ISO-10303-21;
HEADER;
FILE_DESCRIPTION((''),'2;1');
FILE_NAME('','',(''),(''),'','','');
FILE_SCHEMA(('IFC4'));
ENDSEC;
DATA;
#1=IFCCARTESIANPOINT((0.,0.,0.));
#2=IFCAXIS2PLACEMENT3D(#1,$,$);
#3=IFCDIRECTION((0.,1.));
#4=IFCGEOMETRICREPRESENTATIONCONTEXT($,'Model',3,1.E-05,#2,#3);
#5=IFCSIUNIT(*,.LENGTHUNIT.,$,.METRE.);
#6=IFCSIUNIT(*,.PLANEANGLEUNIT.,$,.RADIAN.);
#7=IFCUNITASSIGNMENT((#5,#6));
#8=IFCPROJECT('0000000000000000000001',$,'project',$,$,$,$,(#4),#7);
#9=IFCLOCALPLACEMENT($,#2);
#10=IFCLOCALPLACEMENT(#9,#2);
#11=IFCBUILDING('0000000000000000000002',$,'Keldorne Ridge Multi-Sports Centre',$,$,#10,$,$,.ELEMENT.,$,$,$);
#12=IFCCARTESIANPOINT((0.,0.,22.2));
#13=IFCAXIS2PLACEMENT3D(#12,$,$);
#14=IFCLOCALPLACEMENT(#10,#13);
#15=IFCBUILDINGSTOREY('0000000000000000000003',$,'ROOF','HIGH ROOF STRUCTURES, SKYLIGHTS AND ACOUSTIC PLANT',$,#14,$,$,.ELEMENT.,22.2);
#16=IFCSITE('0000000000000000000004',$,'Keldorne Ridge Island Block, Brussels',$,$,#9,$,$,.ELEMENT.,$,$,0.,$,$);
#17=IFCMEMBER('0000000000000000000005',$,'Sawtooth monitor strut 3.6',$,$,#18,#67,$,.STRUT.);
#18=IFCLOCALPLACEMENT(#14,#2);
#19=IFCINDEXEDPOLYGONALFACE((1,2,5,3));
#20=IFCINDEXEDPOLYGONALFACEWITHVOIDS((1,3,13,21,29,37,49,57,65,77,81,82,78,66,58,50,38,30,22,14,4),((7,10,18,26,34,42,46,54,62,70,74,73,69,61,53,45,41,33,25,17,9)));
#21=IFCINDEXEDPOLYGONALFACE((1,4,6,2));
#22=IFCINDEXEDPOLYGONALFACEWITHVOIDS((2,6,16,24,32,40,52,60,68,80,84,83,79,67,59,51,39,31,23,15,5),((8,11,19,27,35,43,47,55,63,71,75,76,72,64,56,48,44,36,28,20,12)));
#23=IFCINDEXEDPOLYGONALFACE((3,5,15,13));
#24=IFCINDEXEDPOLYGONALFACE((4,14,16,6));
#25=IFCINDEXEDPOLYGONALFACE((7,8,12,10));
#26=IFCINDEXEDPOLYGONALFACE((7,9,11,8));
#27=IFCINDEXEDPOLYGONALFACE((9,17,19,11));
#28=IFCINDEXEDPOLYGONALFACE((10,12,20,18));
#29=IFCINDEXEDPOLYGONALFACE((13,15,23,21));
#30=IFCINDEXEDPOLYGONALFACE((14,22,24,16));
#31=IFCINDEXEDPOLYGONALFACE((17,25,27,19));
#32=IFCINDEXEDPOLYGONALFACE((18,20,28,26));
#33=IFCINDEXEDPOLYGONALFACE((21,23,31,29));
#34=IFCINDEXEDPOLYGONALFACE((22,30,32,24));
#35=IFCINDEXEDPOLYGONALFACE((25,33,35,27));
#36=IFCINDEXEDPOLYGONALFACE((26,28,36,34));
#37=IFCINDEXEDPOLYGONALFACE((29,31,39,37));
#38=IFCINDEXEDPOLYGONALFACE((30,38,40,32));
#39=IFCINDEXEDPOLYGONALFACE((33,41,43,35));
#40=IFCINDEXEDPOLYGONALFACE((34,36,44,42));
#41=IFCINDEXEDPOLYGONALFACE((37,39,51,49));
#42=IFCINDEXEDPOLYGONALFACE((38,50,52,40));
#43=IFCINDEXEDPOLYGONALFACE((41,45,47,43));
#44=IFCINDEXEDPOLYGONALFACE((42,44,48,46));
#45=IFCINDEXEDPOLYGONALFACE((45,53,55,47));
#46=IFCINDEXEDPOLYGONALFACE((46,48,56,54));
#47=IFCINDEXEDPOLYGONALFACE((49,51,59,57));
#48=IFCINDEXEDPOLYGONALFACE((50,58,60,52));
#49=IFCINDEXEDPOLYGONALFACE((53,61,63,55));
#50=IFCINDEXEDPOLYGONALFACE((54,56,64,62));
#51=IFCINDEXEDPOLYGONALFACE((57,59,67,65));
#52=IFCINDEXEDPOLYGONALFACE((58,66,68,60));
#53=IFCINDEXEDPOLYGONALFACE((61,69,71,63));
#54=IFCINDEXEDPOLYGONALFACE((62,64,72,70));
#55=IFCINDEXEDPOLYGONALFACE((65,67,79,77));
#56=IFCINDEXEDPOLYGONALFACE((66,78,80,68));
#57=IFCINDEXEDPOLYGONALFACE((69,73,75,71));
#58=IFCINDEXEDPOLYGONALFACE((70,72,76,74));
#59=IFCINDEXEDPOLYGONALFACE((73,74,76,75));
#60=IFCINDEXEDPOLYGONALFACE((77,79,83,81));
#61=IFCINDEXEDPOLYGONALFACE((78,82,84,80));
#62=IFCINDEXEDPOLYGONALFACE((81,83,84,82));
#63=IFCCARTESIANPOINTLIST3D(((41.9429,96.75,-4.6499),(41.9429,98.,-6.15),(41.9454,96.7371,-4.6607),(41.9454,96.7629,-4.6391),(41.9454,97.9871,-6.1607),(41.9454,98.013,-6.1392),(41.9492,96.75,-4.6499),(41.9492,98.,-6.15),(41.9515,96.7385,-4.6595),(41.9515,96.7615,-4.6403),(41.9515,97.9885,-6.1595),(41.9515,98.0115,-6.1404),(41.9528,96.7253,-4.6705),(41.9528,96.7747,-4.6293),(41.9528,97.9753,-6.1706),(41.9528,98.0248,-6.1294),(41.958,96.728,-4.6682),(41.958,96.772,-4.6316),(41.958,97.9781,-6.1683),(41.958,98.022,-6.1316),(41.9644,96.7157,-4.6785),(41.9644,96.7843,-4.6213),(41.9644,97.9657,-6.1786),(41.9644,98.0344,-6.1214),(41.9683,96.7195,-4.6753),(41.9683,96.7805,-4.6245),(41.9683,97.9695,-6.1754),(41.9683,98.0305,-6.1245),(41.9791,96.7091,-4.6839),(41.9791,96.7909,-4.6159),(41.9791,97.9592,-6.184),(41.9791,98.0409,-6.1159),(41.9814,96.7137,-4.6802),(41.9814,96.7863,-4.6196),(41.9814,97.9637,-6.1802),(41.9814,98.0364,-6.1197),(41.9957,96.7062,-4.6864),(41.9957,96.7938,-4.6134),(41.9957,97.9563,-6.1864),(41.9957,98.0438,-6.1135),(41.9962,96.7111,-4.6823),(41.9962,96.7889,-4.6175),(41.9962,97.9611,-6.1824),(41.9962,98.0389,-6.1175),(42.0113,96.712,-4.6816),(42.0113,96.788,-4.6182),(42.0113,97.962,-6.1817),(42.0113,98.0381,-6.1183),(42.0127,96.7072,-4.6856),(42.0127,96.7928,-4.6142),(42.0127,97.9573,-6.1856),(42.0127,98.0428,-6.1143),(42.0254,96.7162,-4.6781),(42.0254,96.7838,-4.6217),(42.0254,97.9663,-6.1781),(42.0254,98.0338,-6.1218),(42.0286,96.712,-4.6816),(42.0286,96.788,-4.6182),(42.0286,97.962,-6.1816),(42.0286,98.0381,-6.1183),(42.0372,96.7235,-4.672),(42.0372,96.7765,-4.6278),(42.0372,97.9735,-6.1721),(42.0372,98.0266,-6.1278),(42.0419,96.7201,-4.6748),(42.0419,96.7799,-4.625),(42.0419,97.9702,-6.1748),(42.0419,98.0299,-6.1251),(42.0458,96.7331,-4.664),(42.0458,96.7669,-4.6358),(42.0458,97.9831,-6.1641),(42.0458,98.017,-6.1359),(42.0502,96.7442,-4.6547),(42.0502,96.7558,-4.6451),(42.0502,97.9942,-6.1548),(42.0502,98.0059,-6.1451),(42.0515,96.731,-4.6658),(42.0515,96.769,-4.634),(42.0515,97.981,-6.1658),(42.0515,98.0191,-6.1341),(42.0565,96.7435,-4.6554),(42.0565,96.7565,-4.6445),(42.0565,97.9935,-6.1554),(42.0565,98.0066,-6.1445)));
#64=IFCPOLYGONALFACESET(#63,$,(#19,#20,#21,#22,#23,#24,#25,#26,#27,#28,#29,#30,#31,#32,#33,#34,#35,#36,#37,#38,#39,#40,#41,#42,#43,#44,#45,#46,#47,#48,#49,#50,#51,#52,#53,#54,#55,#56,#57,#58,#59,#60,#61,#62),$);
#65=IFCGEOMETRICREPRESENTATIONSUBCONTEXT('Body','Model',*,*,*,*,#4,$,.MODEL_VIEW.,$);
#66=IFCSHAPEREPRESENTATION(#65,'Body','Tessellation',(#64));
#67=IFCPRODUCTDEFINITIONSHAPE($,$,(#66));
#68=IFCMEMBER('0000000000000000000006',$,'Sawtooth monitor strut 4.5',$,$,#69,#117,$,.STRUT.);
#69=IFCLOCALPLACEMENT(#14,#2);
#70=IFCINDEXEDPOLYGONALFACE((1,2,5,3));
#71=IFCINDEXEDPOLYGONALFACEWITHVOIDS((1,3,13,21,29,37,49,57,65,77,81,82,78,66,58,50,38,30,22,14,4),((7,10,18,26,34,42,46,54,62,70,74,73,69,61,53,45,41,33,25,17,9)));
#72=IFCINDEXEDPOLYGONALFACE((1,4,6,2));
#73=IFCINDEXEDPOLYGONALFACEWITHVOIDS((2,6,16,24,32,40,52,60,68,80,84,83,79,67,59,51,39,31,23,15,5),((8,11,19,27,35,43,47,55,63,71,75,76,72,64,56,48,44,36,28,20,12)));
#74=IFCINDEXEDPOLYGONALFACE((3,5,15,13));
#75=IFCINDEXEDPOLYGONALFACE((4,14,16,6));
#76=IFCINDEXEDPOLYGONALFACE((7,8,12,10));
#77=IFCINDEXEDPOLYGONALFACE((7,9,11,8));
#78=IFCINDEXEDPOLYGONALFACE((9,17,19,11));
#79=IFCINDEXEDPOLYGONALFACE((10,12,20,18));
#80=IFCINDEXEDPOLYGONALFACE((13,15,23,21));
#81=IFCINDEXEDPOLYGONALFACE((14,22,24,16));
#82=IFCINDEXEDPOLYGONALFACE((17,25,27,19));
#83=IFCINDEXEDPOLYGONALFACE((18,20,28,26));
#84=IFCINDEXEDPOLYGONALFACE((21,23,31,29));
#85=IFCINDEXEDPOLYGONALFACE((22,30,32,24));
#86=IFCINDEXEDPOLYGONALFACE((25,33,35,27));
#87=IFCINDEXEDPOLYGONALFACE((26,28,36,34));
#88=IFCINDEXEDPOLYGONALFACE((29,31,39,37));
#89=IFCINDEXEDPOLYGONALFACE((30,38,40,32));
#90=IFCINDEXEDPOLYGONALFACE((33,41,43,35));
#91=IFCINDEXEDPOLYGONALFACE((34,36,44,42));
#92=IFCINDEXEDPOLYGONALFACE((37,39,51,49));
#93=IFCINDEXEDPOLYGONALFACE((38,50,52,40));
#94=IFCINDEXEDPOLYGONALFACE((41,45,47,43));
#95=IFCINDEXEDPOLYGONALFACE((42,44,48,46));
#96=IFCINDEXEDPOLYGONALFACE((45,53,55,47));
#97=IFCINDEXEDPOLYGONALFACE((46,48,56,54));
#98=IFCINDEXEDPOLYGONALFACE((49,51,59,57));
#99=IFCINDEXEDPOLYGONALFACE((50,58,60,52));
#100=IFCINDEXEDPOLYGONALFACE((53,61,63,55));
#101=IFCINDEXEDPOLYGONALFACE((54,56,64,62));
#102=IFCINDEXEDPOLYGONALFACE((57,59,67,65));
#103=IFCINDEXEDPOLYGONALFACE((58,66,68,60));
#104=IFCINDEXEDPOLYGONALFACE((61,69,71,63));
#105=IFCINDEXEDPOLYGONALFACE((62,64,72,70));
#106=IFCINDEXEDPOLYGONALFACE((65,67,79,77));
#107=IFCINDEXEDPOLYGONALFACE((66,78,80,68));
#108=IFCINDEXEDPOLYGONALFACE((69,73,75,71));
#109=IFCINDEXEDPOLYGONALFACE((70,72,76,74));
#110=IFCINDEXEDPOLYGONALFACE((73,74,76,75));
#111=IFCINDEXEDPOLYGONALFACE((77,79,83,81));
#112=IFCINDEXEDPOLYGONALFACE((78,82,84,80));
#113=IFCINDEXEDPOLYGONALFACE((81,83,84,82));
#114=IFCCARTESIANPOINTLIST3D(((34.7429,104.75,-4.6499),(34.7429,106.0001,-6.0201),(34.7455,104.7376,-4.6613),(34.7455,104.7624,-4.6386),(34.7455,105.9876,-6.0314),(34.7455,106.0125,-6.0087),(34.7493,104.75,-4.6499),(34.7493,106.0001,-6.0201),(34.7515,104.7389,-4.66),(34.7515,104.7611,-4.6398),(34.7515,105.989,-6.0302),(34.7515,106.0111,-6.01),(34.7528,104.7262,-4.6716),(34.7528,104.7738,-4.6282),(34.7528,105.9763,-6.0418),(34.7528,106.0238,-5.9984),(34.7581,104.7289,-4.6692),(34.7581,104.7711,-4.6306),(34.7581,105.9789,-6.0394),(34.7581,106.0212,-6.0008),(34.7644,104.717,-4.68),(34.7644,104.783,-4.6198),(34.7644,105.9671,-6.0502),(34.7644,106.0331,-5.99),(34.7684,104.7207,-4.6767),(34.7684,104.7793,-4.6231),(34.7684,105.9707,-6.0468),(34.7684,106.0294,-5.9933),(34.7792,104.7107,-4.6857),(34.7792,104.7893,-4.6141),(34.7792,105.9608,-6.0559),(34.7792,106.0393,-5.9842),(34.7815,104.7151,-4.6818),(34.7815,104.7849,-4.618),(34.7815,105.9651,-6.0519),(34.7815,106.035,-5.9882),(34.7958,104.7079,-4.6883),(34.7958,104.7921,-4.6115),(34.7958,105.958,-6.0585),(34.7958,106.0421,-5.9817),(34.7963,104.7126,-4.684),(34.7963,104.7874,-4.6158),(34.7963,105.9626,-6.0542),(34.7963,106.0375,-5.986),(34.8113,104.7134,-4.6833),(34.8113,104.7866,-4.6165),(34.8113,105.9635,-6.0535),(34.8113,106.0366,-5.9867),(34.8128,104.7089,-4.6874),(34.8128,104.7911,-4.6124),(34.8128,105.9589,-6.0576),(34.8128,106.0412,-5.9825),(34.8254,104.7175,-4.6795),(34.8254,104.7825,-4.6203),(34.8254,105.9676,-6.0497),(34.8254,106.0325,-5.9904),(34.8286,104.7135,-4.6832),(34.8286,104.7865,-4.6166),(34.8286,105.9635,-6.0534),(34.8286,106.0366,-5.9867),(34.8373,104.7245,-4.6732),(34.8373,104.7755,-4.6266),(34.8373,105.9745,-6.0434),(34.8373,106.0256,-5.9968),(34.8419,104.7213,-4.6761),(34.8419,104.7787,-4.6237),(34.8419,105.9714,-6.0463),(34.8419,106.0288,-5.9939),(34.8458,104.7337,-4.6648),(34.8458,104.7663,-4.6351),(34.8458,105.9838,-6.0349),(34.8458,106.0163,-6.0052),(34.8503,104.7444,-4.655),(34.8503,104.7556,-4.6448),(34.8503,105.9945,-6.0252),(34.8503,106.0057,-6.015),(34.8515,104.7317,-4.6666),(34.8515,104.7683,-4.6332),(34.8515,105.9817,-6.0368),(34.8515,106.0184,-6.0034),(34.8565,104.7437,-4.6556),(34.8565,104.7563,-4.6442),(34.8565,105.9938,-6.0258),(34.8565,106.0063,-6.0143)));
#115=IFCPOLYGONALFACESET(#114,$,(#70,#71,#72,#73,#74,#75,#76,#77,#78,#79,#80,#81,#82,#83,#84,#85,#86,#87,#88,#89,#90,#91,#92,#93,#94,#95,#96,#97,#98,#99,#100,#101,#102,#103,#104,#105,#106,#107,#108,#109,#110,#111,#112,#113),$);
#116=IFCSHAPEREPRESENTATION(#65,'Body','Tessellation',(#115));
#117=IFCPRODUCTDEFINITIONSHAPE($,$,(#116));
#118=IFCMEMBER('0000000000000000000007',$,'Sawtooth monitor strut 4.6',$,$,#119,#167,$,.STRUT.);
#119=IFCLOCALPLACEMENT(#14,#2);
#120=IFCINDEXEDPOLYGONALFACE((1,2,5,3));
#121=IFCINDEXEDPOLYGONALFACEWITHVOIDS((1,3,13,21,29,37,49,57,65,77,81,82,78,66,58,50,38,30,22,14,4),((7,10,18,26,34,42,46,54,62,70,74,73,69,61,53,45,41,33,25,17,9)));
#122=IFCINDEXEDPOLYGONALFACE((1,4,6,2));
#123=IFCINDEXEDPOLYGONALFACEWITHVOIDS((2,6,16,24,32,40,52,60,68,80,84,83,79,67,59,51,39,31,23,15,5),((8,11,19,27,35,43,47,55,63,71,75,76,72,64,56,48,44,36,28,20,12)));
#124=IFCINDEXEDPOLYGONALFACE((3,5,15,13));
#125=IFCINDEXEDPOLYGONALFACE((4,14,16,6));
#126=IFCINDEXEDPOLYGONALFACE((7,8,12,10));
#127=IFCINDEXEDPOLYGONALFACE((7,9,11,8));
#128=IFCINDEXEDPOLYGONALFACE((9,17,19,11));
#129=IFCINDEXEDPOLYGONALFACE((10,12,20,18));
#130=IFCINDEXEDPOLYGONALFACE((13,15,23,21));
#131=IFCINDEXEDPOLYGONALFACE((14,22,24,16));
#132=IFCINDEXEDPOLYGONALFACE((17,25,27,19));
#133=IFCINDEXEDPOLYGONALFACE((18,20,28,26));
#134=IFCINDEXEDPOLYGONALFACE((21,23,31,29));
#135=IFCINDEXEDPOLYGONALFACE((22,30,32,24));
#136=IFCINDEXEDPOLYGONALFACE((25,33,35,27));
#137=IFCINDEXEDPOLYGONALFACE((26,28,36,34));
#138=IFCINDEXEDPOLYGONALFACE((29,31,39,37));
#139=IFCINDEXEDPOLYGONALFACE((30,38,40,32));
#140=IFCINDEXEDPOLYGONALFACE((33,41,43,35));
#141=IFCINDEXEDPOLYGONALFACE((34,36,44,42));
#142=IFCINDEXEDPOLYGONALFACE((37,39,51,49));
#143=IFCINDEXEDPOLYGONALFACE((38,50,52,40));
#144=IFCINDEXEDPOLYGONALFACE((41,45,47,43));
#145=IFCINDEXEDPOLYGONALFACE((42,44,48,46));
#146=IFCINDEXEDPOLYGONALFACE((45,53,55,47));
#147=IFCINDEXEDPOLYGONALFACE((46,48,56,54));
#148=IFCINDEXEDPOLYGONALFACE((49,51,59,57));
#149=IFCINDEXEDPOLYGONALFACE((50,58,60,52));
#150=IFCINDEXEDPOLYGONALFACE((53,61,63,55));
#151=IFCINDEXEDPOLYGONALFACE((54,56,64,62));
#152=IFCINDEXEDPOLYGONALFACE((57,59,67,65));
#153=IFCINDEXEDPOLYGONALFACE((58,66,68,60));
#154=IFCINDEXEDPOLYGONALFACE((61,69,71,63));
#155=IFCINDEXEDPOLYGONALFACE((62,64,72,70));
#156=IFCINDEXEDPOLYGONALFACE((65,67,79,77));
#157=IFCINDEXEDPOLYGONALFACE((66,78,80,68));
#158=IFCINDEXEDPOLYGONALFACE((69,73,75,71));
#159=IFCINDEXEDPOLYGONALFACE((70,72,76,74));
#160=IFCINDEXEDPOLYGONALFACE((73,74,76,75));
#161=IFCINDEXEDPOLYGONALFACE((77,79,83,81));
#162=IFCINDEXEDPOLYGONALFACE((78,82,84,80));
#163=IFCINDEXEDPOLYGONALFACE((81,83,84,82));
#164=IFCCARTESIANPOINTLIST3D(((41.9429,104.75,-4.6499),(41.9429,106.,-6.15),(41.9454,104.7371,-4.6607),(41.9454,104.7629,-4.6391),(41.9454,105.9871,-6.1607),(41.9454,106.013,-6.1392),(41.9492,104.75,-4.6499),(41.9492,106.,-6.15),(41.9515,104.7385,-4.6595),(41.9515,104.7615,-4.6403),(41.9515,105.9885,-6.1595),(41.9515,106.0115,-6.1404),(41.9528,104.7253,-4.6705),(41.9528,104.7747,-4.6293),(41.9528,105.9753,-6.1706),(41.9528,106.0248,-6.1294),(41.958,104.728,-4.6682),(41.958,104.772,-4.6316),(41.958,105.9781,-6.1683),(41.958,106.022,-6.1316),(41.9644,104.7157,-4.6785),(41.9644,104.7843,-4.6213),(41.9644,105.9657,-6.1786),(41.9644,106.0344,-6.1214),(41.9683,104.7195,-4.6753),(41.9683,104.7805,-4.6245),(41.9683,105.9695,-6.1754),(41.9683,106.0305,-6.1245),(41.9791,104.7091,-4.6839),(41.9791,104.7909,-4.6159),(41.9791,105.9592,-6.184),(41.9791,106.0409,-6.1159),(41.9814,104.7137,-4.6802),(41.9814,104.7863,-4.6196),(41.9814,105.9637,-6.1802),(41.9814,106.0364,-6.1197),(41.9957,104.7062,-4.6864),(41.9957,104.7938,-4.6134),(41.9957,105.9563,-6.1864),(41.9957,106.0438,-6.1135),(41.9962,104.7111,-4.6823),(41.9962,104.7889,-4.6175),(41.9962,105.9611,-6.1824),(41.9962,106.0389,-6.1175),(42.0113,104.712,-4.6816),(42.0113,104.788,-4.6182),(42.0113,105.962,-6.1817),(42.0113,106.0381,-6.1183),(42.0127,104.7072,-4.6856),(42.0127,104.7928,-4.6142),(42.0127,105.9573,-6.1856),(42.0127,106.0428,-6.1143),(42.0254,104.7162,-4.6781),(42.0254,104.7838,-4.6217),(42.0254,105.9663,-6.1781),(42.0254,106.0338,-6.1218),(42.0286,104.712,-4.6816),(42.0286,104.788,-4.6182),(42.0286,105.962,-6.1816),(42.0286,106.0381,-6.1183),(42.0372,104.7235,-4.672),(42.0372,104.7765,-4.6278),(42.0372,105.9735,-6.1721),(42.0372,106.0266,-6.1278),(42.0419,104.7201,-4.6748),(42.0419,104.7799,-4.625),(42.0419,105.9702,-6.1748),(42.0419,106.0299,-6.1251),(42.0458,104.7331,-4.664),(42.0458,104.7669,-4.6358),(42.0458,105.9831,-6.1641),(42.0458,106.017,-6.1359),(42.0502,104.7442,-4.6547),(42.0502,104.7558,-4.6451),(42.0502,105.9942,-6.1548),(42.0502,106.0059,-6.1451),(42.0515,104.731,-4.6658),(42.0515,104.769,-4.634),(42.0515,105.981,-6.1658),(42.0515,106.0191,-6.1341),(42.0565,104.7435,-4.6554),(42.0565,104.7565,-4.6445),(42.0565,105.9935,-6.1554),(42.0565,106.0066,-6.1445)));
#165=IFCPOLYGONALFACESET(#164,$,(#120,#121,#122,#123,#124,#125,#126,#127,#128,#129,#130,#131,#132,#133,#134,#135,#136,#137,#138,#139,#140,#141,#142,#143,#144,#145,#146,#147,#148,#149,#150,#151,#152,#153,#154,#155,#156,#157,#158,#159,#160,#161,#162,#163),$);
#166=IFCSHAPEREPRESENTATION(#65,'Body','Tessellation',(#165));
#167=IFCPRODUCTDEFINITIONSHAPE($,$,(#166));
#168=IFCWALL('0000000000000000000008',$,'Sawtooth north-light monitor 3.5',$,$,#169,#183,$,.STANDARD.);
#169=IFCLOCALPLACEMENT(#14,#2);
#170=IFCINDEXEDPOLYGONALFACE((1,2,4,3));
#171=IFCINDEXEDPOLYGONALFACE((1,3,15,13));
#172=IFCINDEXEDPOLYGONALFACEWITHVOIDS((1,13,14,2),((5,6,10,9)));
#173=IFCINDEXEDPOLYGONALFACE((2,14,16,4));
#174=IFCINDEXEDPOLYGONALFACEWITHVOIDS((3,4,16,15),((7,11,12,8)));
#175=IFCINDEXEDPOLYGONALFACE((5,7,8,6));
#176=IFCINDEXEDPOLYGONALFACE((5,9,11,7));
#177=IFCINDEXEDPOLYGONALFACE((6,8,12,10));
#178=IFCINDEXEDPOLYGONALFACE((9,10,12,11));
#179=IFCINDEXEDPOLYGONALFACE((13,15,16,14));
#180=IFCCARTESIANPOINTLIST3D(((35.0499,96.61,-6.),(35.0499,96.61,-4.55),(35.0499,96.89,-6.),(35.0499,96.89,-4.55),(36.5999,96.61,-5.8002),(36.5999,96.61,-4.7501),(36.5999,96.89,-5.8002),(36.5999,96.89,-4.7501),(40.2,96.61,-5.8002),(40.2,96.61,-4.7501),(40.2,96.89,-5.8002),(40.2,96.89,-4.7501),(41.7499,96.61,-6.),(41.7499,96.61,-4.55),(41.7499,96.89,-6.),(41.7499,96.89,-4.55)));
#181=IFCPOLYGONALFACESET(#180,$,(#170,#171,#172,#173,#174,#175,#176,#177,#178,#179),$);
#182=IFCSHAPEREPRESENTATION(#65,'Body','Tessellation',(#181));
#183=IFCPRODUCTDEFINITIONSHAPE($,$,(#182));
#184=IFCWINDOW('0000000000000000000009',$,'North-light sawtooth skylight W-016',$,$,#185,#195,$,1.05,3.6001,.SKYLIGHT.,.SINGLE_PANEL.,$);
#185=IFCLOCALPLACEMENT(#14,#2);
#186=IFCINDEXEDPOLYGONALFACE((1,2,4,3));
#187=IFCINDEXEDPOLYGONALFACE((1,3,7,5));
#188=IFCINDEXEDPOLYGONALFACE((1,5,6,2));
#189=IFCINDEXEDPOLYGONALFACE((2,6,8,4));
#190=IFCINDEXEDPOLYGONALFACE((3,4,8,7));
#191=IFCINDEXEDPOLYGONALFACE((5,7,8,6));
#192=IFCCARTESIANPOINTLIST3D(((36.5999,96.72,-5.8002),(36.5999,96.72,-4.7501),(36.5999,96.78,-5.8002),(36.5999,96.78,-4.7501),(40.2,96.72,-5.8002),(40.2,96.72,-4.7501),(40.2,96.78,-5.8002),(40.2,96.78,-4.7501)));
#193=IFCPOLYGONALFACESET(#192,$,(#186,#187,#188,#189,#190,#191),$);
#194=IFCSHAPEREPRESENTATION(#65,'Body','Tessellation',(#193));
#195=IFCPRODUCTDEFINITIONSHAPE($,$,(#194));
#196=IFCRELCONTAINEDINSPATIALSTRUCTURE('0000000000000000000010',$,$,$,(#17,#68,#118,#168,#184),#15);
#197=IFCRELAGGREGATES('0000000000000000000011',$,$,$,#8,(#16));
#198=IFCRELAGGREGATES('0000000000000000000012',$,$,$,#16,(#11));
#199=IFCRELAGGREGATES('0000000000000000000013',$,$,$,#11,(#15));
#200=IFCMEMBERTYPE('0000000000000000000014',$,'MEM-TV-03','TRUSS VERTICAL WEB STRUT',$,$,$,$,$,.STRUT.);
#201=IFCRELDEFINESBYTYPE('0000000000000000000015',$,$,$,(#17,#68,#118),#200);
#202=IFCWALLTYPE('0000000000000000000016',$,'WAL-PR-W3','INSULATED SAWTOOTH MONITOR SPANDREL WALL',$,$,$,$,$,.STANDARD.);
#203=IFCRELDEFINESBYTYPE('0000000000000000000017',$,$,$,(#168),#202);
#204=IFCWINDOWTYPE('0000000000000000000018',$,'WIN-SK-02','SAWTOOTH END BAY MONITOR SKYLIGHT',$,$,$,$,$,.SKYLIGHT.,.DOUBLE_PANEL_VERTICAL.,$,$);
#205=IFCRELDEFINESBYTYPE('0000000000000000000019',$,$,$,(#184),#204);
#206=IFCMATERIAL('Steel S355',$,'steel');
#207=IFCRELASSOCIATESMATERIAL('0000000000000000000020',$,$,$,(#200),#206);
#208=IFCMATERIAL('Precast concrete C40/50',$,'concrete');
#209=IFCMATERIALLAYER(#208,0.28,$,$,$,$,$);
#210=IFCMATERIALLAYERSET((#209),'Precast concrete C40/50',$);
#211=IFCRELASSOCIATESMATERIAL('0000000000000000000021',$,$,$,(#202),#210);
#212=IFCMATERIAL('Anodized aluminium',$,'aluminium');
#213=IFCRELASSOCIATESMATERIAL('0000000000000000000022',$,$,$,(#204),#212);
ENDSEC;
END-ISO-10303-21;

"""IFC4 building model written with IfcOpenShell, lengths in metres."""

from ifc_helpers import new_model, si_unit, direction, frame, frame_2d, origin, origin_2d, place, context, subcontext, project, spatial, rectangle, hollow_circle, extrude, material, layer, layer_set, material_profile, profile_set, type_object, element, fill, save


model = new_model("IFC4")

# Units and contexts
model_context = context("Model", 3, precision=1e-05, world=origin(), true_north=direction((0.0, 1.0)))
body_context = subcontext(model_context, "Body", "Model", "MODEL_VIEW")
ifc_project = project(units=[si_unit("LENGTHUNIT", "METRE"), si_unit("PLANEANGLEUNIT", "RADIAN")], contexts=[model_context])

# Site, building, storey
site_placement = place(None, origin())
site = spatial("IfcSite", under=ifc_project, at=site_placement, Name="Keldorne Ridge Island Block, Brussels", CompositionType="ELEMENT", RefElevation=0.0)
building_placement = place(site_placement, origin())
building = spatial("IfcBuilding", under=site, at=building_placement, Name="Keldorne Ridge Multi-Sports Centre", CompositionType="ELEMENT")
storey_placement = place(building_placement, frame((0.0, 0.0, 22.2)))
storey = spatial("IfcBuildingStorey", under=building, at=storey_placement, Name="ROOF", Description="HIGH ROOF STRUCTURES, SKYLIGHTS AND ACOUSTIC PLANT", CompositionType="ELEMENT", Elevation=22.2)

# Shared definitions
ifc_material_1 = material(Name="Steel S355", Category="steel")

# Members
ifc_material_profile_1 = material_profile(ifc_material_1, hollow_circle(Radius=0.0571, WallThickness=0.0063, at=origin_2d()), Name="CHS 114.3x6.3")
ifc_profile_set_1 = profile_set([ifc_material_profile_1], Name="Steel S355")
member_type_1 = type_object("IfcMemberType", Name="MEM-TV-03", Description="TRUSS VERTICAL WEB STRUT", PredefinedType="STRUT", material=ifc_profile_set_1)
member_1_placement = place(storey_placement, frame((42.0, 96.75, -4.6499), z_axis=(0.0, 0.640184, -0.768221), x_axis=(-1.0, 0.0, 0.0)))
element("IfcMember", 1, at=member_1_placement, inside=storey, type_object=member_type_1, Name="Sawtooth monitor strut 3.6", PredefinedType="STRUT", context=body_context, shape_type="SweptSolid", body=[
    extrude(hollow_circle(Radius=0.0571, WallThickness=0.0063, at=origin_2d()), origin(), (0.0, 0.0, 1.0), 1.9526),
])
member_2_placement = place(storey_placement, frame((34.8, 104.75, -4.6499), z_axis=(0.0, 0.673982, -0.738748), x_axis=(-1.0, 0.0, 0.0)))
element("IfcMember", 2, at=member_2_placement, inside=storey, type_object=member_type_1, Name="Sawtooth monitor strut 4.5", PredefinedType="STRUT", context=body_context, shape_type="SweptSolid", body=[
    extrude(hollow_circle(Radius=0.0571, WallThickness=0.0063, at=origin_2d()), origin(), (0.0, 0.0, 1.0), 1.8547),
])
member_3_placement = place(storey_placement, frame((42.0, 104.75, -4.6499), z_axis=(0.0, 0.640184, -0.768221), x_axis=(-1.0, 0.0, 0.0)))
element("IfcMember", 3, at=member_3_placement, inside=storey, type_object=member_type_1, Name="Sawtooth monitor strut 4.6", PredefinedType="STRUT", context=body_context, shape_type="SweptSolid", body=[
    extrude(hollow_circle(Radius=0.0571, WallThickness=0.0063, at=origin_2d()), origin(), (0.0, 0.0, 1.0), 1.9526),
])

# Wall, opening, window
ifc_material_2 = material(Name="Precast concrete C40/50", Category="concrete")
ifc_layer = layer(ifc_material_2, 0.28)
ifc_layer_set = layer_set([ifc_layer], Name="Precast concrete C40/50")
wall_type = type_object("IfcWallType", Name="WAL-PR-W3", Description="INSULATED SAWTOOTH MONITOR SPANDREL WALL", PredefinedType="STANDARD", material=ifc_layer_set)
wall_1_placement = place(storey_placement, frame((41.75, 96.75, -6.0), z_axis=(0.0, 0.0, 1.0), x_axis=(-1.0, 0.0, 0.0)))
wall_1 = element("IfcWall", 4, at=wall_1_placement, inside=storey, type_object=wall_type, Name="Sawtooth north-light monitor 3.5", PredefinedType="STANDARD", context=body_context, shape_type="SweptSolid", body=[
    extrude(rectangle(XDim=6.7, YDim=0.28, at=frame_2d((3.3501, 0.0))), origin(), (0.0, 0.0, 1.0), 1.45),
])
opening_1_placement = place(wall_1_placement, frame((1.55, 0.0, 0.2)))
opening_1 = element("IfcOpeningElement", 5, at=opening_1_placement, cuts=wall_1, PredefinedType="OPENING", context=body_context, shape_type="SweptSolid", body=[
    extrude(rectangle(XDim=3.6001, YDim=1.05, at=frame_2d((1.8, 0.5249))), frame((0.0, 0.1499, 0.0), z_axis=(0.0, -1.0, 0.0), x_axis=(1.0, 0.0, 0.0)), (0.0, 0.0, 1.0), 0.3),
])
ifc_material_3 = material(Name="Anodized aluminium", Category="aluminium")
window_type = type_object("IfcWindowType", Name="WIN-SK-02", Description="SAWTOOTH END BAY MONITOR SKYLIGHT", PartitioningType="DOUBLE_PANEL_VERTICAL", PredefinedType="SKYLIGHT", material=ifc_material_3)
window_1_placement = place(opening_1_placement, origin())
window_1 = element("IfcWindow", 6, at=window_1_placement, inside=storey, type_object=window_type, Name="North-light sawtooth skylight W-016", OverallHeight=1.05, OverallWidth=3.6001, PartitioningType="SINGLE_PANEL", PredefinedType="SKYLIGHT", context=body_context, shape_type="SweptSolid", body=[
    extrude(rectangle(XDim=3.6001, YDim=1.05, at=frame_2d((1.8, 0.5249))), frame((0.0, 0.03, 0.0), z_axis=(0.0, -1.0, 0.0), x_axis=(1.0, 0.0, 0.0)), (0.0, 0.0, 1.0), 0.0601),
])
fill(opening_1, window_1)

save(model, "model.ifc")
